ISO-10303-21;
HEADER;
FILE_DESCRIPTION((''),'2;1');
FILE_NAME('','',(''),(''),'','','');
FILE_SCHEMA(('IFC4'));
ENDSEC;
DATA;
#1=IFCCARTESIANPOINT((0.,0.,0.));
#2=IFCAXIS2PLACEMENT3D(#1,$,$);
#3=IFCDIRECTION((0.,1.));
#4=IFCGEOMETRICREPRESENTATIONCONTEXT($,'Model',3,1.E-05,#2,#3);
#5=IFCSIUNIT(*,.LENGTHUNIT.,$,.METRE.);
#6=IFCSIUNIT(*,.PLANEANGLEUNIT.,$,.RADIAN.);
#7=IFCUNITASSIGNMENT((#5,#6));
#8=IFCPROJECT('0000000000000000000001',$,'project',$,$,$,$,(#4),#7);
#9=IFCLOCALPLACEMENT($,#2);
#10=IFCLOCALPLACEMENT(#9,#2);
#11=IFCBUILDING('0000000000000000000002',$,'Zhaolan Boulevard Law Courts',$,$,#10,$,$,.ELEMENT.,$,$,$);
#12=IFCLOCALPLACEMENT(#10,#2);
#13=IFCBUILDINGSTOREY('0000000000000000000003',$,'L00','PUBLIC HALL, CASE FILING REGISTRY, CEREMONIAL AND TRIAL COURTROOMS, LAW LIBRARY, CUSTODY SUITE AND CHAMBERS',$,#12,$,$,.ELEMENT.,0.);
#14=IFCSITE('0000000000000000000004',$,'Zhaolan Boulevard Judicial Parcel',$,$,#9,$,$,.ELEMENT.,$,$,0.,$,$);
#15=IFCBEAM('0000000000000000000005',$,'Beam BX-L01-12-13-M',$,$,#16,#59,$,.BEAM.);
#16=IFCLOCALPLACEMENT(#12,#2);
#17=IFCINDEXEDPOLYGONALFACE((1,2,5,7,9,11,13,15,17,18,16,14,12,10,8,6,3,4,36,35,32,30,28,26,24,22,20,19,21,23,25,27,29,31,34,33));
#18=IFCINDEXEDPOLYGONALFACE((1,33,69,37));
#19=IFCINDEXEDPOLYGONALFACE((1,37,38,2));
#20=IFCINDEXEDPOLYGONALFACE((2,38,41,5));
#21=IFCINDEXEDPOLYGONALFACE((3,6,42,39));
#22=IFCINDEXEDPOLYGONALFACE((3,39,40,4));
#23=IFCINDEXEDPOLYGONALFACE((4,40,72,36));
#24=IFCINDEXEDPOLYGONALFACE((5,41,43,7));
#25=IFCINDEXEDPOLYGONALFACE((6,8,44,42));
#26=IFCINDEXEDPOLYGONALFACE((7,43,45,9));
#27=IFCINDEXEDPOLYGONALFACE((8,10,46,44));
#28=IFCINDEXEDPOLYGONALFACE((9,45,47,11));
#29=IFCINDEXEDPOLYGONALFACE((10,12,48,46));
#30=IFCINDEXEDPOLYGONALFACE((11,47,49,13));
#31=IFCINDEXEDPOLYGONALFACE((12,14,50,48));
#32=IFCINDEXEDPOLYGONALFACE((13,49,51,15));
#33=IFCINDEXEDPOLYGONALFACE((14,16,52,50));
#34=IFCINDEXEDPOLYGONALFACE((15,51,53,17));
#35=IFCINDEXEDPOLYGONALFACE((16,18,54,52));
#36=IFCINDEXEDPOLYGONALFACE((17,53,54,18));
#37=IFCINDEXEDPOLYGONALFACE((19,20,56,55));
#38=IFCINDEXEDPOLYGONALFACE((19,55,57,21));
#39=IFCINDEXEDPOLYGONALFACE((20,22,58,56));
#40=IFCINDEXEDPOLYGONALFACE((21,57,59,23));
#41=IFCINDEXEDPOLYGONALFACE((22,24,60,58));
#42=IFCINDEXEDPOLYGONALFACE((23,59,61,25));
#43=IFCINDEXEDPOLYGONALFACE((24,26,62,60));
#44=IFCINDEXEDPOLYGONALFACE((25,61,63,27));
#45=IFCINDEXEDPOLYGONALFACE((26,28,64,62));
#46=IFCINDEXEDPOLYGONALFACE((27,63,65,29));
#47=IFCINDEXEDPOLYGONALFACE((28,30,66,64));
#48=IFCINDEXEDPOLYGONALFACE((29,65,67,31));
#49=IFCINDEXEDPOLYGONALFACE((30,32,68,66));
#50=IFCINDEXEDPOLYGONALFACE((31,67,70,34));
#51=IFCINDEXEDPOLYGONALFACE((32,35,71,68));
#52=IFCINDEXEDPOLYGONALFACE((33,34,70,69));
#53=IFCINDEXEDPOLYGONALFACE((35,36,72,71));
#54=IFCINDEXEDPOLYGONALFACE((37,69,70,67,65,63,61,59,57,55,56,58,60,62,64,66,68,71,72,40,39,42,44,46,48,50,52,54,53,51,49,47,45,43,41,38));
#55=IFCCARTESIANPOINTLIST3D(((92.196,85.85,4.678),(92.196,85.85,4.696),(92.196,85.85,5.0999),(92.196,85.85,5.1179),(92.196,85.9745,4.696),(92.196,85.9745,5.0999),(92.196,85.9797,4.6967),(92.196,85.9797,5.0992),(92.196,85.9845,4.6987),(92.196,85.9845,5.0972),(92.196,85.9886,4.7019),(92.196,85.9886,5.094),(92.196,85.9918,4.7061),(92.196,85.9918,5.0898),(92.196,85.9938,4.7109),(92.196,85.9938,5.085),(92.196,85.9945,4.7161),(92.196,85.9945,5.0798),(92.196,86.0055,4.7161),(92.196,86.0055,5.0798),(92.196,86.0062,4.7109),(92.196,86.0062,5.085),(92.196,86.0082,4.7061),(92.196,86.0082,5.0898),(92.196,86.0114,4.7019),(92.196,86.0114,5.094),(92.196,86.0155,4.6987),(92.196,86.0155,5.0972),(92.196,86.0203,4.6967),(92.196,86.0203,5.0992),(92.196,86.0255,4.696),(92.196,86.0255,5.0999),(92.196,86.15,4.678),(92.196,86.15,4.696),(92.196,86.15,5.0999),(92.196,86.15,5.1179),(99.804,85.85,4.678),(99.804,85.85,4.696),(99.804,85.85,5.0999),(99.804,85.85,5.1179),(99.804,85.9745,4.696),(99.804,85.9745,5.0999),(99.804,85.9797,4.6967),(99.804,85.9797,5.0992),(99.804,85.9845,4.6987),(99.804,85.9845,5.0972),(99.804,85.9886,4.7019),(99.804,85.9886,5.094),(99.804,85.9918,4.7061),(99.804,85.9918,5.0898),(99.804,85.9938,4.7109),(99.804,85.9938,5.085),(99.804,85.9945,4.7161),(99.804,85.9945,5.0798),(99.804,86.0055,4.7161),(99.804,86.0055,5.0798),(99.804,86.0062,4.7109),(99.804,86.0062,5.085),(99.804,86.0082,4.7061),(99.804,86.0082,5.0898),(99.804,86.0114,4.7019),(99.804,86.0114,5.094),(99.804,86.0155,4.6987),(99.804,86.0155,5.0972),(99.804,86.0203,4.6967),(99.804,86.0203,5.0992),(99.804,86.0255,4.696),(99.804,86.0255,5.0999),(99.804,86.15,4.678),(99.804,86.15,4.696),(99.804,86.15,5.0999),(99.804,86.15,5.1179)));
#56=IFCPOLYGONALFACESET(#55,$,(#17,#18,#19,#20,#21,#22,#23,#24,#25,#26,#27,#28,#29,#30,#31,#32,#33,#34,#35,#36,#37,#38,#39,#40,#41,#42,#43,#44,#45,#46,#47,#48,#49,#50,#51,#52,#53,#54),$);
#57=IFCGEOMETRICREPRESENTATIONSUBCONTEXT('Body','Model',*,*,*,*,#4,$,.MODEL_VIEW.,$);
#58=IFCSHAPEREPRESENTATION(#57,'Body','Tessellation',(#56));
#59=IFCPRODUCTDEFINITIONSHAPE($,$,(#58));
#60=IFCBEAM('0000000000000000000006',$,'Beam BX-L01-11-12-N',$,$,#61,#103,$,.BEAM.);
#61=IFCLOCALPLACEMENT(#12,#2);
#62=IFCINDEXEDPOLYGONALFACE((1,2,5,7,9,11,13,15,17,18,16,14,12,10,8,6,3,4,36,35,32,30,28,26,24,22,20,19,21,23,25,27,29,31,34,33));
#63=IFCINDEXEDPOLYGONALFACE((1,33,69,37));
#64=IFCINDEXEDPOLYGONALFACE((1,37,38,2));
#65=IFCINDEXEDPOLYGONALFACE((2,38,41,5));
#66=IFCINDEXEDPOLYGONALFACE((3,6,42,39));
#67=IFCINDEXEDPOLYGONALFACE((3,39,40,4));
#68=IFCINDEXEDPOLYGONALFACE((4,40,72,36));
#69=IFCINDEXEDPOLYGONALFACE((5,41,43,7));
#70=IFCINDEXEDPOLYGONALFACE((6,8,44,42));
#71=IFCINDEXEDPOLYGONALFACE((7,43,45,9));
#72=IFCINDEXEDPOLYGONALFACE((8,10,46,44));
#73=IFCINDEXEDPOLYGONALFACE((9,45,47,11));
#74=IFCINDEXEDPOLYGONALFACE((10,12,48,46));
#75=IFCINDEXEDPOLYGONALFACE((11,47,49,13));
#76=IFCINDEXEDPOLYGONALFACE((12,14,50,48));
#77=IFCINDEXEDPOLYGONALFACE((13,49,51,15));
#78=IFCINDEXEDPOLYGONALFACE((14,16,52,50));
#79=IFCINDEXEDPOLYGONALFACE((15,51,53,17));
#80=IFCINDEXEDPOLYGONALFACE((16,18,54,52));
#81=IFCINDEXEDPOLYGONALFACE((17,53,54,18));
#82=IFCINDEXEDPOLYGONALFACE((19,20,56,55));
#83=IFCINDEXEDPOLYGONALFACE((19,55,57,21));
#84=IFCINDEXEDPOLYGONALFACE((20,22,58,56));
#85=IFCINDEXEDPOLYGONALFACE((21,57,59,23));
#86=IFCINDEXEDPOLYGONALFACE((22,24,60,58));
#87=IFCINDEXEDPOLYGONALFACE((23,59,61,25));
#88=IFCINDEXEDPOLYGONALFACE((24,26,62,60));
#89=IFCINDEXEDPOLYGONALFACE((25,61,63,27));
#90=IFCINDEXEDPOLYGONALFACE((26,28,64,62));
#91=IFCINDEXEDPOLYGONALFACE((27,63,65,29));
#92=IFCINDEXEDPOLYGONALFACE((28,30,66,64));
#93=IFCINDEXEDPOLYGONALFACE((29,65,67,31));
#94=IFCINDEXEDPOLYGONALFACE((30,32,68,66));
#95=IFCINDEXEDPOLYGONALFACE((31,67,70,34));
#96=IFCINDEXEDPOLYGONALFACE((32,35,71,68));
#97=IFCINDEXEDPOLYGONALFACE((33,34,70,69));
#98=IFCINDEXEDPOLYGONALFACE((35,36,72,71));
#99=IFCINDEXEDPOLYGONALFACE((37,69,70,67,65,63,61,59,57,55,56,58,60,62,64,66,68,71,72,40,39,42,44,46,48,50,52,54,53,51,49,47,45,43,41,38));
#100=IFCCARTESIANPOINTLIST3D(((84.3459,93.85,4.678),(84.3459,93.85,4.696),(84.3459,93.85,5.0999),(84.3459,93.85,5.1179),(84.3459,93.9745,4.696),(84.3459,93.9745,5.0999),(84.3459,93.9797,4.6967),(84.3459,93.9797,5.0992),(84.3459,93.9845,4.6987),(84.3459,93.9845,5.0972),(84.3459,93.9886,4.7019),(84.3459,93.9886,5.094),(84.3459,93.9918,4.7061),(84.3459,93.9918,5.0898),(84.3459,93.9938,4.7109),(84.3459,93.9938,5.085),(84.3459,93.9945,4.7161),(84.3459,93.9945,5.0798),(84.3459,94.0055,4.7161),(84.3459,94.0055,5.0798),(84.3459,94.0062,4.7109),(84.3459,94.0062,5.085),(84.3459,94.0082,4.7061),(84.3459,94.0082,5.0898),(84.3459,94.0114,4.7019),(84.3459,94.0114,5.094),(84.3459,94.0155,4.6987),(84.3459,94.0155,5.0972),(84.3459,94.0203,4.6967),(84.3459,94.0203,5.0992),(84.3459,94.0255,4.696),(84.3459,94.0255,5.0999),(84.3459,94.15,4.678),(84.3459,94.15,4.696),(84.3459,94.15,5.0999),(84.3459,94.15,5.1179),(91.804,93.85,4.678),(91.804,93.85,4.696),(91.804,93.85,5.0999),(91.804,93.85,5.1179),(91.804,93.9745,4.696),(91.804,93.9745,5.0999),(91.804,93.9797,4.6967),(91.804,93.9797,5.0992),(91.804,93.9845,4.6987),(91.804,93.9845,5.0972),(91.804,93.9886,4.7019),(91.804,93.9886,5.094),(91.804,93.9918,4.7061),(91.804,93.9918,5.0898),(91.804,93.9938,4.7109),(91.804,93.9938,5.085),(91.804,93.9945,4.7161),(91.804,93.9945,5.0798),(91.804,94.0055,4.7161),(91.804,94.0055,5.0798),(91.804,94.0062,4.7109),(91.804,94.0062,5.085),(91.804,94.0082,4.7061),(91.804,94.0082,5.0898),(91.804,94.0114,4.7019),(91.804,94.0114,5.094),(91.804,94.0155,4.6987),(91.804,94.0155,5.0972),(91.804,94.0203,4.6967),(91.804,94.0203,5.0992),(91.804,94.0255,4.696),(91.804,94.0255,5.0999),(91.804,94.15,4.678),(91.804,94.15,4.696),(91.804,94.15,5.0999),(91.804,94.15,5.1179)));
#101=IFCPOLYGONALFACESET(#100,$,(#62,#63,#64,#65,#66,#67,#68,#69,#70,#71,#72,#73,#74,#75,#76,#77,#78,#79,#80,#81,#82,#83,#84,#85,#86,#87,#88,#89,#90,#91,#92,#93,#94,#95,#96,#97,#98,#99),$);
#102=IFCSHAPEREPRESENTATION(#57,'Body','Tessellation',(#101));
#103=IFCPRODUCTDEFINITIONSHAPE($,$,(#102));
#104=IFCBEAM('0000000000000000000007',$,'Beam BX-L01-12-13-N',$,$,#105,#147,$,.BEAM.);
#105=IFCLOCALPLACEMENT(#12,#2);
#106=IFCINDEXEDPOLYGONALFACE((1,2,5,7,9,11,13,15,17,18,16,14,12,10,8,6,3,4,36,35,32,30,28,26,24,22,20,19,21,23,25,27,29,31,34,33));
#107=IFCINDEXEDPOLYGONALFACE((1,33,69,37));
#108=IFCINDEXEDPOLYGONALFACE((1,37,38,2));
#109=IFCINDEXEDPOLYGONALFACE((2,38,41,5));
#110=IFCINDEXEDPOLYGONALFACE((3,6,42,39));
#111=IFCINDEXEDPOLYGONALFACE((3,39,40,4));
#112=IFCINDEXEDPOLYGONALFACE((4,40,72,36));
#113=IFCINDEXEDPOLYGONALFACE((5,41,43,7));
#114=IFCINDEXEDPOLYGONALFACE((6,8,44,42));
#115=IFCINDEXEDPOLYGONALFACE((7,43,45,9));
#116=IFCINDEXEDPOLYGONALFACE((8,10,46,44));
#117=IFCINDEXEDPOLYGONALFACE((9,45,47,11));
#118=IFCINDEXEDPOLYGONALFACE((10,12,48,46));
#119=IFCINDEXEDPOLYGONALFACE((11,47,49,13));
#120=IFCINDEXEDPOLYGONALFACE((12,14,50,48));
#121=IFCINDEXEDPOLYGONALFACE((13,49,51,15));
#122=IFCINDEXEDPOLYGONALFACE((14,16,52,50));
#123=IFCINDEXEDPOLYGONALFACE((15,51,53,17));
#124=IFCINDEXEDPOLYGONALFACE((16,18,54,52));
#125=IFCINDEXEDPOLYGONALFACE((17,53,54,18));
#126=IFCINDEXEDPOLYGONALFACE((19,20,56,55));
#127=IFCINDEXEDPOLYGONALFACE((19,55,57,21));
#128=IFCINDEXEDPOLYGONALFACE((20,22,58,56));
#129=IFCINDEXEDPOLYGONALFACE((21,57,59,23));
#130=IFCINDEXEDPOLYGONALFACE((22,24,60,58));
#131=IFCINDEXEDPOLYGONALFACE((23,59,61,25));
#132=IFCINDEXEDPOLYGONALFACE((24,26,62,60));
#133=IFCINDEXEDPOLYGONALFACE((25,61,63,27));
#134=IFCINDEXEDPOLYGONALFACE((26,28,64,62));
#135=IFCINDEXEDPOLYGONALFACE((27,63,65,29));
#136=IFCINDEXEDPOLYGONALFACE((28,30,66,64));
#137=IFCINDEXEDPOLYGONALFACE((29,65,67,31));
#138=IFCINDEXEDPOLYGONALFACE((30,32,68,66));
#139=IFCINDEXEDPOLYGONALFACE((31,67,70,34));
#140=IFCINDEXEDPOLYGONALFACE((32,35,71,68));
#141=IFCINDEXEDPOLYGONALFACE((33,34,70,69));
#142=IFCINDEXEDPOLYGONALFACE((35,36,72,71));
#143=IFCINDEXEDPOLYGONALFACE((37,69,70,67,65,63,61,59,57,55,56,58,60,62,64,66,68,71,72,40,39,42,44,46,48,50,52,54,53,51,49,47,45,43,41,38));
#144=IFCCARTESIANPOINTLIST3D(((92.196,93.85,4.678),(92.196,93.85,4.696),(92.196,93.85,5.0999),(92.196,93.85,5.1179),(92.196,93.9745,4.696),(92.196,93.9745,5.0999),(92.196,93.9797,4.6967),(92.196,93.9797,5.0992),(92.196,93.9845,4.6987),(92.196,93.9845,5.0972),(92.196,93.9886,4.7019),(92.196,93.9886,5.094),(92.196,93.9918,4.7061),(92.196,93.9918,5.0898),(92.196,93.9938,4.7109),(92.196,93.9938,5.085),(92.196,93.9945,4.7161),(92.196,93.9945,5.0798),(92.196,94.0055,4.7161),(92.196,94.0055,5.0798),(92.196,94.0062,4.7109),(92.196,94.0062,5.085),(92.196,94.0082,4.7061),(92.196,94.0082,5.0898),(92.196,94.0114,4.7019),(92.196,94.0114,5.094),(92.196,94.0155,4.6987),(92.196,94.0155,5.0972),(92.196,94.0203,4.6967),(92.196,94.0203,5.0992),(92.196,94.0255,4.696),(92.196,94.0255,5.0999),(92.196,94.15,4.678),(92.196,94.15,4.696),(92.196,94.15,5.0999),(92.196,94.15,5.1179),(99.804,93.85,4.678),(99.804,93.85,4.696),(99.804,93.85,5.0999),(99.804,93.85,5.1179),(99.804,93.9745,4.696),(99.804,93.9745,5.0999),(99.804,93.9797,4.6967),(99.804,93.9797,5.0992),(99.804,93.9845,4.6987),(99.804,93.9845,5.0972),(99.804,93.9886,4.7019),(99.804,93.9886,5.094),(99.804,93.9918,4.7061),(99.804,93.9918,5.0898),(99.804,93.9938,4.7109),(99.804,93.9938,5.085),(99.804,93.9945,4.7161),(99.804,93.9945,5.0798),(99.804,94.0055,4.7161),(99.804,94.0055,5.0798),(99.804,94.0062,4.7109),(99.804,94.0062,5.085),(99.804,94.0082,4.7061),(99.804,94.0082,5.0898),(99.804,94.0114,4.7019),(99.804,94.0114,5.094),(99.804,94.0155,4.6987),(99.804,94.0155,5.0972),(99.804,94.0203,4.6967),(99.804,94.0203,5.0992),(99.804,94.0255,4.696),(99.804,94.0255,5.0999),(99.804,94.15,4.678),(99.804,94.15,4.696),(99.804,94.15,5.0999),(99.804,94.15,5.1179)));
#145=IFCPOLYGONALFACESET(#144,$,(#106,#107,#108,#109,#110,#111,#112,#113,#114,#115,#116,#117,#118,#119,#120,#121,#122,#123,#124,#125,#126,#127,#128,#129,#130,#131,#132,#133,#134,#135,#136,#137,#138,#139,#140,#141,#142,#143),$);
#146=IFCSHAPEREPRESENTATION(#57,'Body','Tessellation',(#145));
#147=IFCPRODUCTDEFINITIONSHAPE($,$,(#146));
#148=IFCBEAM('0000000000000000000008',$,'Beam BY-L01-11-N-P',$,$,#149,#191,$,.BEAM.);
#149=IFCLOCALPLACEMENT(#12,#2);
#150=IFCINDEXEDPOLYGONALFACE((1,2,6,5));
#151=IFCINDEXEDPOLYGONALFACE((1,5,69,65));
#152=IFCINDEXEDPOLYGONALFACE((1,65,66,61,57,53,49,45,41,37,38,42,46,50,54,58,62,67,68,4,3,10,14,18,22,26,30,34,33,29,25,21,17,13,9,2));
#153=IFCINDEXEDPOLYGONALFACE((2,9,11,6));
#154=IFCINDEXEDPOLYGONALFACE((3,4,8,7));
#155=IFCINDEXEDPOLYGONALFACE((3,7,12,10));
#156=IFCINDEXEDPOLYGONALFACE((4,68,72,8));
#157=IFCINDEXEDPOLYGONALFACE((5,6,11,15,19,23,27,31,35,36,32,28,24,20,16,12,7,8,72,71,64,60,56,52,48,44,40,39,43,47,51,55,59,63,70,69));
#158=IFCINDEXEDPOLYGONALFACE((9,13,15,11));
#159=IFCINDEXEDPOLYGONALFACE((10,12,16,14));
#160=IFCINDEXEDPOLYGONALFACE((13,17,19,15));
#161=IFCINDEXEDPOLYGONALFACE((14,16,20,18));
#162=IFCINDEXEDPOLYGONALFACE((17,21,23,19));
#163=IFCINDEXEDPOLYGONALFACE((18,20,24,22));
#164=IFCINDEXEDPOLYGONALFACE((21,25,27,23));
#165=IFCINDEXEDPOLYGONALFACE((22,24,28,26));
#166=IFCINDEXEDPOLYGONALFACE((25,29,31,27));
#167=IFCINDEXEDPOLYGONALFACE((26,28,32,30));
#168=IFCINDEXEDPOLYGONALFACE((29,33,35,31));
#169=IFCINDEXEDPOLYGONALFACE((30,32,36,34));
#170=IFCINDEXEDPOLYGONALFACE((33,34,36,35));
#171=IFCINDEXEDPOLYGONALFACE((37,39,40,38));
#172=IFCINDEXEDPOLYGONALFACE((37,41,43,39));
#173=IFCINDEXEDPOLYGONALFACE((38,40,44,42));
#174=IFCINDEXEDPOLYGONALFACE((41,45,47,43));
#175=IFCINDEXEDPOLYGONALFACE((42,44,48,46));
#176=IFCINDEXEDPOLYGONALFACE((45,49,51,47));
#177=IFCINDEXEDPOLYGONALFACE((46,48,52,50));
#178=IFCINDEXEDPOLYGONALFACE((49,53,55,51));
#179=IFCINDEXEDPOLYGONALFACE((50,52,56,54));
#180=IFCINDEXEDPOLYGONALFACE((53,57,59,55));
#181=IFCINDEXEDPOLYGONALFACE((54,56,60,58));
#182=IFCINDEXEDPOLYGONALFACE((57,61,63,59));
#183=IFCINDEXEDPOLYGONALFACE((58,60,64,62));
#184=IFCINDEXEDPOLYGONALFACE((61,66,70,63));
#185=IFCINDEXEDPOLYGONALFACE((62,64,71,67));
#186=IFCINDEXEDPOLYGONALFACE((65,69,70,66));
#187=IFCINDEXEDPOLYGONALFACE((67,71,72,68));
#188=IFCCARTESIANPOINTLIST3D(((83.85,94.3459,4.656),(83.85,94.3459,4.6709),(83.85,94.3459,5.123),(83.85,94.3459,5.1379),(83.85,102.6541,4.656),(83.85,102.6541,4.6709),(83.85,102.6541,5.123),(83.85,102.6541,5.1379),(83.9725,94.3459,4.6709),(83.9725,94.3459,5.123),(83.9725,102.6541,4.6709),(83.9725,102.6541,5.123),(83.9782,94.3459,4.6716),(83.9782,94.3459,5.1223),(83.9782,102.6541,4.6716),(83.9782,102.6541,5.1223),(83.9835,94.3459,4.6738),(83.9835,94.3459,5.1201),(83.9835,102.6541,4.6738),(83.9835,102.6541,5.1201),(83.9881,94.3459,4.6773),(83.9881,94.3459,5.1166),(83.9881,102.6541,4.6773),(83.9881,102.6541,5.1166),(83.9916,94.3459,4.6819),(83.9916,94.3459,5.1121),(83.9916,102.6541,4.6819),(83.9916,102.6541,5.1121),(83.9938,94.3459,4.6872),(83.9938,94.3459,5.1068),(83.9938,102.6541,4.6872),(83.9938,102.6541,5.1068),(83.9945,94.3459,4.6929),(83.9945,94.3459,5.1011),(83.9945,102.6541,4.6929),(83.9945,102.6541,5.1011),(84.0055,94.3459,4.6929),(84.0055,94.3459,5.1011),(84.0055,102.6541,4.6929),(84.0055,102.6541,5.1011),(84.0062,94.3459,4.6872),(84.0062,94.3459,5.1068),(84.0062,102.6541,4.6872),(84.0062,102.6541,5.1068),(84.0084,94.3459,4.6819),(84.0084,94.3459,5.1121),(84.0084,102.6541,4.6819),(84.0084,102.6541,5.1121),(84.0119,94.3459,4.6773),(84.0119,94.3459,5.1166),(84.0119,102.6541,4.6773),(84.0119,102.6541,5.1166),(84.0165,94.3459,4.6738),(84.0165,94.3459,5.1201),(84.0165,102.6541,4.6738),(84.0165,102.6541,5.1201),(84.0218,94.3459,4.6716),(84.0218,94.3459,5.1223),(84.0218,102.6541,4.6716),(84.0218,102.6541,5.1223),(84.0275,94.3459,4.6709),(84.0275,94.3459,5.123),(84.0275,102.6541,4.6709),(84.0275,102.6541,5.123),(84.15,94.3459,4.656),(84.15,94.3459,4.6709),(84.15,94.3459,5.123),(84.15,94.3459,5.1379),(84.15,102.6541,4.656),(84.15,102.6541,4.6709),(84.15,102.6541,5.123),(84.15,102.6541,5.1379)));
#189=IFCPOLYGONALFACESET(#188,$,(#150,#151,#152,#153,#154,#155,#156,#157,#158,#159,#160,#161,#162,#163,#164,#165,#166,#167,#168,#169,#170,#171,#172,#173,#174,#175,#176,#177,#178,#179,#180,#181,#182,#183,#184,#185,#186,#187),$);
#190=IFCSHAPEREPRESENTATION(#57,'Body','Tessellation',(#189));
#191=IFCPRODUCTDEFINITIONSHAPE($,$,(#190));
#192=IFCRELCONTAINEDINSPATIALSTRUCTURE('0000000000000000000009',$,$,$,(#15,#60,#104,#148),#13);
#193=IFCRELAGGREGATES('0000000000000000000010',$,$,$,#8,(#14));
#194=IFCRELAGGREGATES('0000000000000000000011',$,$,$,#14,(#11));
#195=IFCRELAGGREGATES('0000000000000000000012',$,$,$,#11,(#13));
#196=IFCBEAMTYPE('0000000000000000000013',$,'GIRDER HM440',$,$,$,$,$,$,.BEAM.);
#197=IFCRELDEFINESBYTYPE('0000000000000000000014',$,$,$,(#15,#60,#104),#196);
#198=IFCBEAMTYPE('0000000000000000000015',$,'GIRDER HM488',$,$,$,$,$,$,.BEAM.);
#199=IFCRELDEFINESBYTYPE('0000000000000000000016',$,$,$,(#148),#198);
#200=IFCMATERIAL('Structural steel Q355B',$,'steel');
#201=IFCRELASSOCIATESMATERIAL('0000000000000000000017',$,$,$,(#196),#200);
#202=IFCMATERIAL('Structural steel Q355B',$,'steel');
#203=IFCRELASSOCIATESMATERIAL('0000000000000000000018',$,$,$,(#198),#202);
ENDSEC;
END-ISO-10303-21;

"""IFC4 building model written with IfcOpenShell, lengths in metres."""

from ifc_helpers import new_model, si_unit, direction, frame, origin, origin_2d, place, context, subcontext, project, spatial, i_section, extrude, material, material_profile, profile_set, type_object, element, save


model = new_model("IFC4")

# Units and contexts
model_context = context("Model", 3, precision=1e-05, world=origin(), true_north=direction((0.0, 1.0)))
body_context = subcontext(model_context, "Body", "Model", "MODEL_VIEW")
ifc_project = project(units=[si_unit("LENGTHUNIT", "METRE"), si_unit("PLANEANGLEUNIT", "RADIAN")], contexts=[model_context])

# Site, building, storey
site_placement = place(None, origin())
site = spatial("IfcSite", under=ifc_project, at=site_placement, Name="Zhaolan Boulevard Judicial Parcel", CompositionType="ELEMENT", RefElevation=0.0)
building_placement = place(site_placement, origin())
building = spatial("IfcBuilding", under=site, at=building_placement, Name="Zhaolan Boulevard Law Courts", CompositionType="ELEMENT")
storey_placement = place(building_placement, origin())
storey = spatial("IfcBuildingStorey", under=building, at=storey_placement, Name="L00", Description="PUBLIC HALL, CASE FILING REGISTRY, CEREMONIAL AND TRIAL COURTROOMS, LAW LIBRARY, CUSTODY SUITE AND CHAMBERS", CompositionType="ELEMENT", Elevation=0.0)

# Beams
ifc_material_1 = material(Name="Structural steel Q355B", Category="steel")
ifc_material_profile_1 = material_profile(ifc_material_1, i_section(OverallWidth=0.3, OverallDepth=0.4399, WebThickness=0.011, FlangeThickness=0.0181, FilletRadius=0.02, at=origin_2d()), Name="HM440x300")
ifc_profile_set_1 = profile_set([ifc_material_profile_1], Name="Structural steel Q355B")
beam_type_1 = type_object("IfcBeamType", Name="GIRDER HM440", PredefinedType="BEAM", material=ifc_profile_set_1)
for number, where, z_axis, x_axis, name in (
    (1, (92.196, 86.0, 4.8979), (1.0, 0.0, 0.0), (0.0, 1.0, 0.0), "Beam BX-L01-12-13-M"),
):
    element("IfcBeam", number, at=place(storey_placement, frame(where, z_axis=z_axis, x_axis=x_axis)), inside=storey, type_object=beam_type_1, Name=name, PredefinedType="BEAM", context=body_context, shape_type="SweptSolid", body=[
        extrude(i_section(OverallWidth=0.3, OverallDepth=0.4399, WebThickness=0.011, FlangeThickness=0.0181, FilletRadius=0.02, at=origin_2d()), origin(), (0.0, 0.0, 1.0), 7.6079),
    ])
beam_1_placement = place(storey_placement, frame((84.3459, 94.0, 4.8979), z_axis=(1.0, 0.0, 0.0), x_axis=(0.0, 1.0, 0.0)))
element("IfcBeam", 2, at=beam_1_placement, inside=storey, type_object=beam_type_1, Name="Beam BX-L01-11-12-N", PredefinedType="BEAM", context=body_context, shape_type="SweptSolid", body=[
    extrude(i_section(OverallWidth=0.3, OverallDepth=0.4399, WebThickness=0.011, FlangeThickness=0.0181, FilletRadius=0.02, at=origin_2d()), origin(), (0.0, 0.0, 1.0), 7.458),
])
beam_2_placement = place(storey_placement, frame((92.196, 94.0, 4.8979), z_axis=(1.0, 0.0, 0.0), x_axis=(0.0, 1.0, 0.0)))
element("IfcBeam", 3, at=beam_2_placement, inside=storey, type_object=beam_type_1, Name="Beam BX-L01-12-13-N", PredefinedType="BEAM", context=body_context, shape_type="SweptSolid", body=[
    extrude(i_section(OverallWidth=0.3, OverallDepth=0.4399, WebThickness=0.011, FlangeThickness=0.0181, FilletRadius=0.02, at=origin_2d()), origin(), (0.0, 0.0, 1.0), 7.6079),
])
ifc_material_2 = material(Name="Structural steel Q355B", Category="steel")
ifc_material_profile_2 = material_profile(ifc_material_2, i_section(OverallWidth=0.3, OverallDepth=0.4819, WebThickness=0.011, FlangeThickness=0.0149, FilletRadius=0.022, at=origin_2d()), Name="HM482x300")
ifc_profile_set_2 = profile_set([ifc_material_profile_2], Name="Structural steel Q355B")
beam_type_2 = type_object("IfcBeamType", Name="GIRDER HM488", PredefinedType="BEAM", material=ifc_profile_set_2)
beam_3_placement = place(storey_placement, frame((84.0, 94.3459, 4.897), z_axis=(0.0, 1.0, 0.0), x_axis=(-1.0, 0.0, 0.0)))
element("IfcBeam", 4, at=beam_3_placement, inside=storey, type_object=beam_type_2, Name="Beam BY-L01-11-N-P", PredefinedType="BEAM", context=body_context, shape_type="SweptSolid", body=[
    extrude(i_section(OverallWidth=0.3, OverallDepth=0.4819, WebThickness=0.011, FlangeThickness=0.0149, FilletRadius=0.022, at=origin_2d()), origin(), (0.0, 0.0, 1.0), 8.3081),
])

save(model, "model.ifc")
